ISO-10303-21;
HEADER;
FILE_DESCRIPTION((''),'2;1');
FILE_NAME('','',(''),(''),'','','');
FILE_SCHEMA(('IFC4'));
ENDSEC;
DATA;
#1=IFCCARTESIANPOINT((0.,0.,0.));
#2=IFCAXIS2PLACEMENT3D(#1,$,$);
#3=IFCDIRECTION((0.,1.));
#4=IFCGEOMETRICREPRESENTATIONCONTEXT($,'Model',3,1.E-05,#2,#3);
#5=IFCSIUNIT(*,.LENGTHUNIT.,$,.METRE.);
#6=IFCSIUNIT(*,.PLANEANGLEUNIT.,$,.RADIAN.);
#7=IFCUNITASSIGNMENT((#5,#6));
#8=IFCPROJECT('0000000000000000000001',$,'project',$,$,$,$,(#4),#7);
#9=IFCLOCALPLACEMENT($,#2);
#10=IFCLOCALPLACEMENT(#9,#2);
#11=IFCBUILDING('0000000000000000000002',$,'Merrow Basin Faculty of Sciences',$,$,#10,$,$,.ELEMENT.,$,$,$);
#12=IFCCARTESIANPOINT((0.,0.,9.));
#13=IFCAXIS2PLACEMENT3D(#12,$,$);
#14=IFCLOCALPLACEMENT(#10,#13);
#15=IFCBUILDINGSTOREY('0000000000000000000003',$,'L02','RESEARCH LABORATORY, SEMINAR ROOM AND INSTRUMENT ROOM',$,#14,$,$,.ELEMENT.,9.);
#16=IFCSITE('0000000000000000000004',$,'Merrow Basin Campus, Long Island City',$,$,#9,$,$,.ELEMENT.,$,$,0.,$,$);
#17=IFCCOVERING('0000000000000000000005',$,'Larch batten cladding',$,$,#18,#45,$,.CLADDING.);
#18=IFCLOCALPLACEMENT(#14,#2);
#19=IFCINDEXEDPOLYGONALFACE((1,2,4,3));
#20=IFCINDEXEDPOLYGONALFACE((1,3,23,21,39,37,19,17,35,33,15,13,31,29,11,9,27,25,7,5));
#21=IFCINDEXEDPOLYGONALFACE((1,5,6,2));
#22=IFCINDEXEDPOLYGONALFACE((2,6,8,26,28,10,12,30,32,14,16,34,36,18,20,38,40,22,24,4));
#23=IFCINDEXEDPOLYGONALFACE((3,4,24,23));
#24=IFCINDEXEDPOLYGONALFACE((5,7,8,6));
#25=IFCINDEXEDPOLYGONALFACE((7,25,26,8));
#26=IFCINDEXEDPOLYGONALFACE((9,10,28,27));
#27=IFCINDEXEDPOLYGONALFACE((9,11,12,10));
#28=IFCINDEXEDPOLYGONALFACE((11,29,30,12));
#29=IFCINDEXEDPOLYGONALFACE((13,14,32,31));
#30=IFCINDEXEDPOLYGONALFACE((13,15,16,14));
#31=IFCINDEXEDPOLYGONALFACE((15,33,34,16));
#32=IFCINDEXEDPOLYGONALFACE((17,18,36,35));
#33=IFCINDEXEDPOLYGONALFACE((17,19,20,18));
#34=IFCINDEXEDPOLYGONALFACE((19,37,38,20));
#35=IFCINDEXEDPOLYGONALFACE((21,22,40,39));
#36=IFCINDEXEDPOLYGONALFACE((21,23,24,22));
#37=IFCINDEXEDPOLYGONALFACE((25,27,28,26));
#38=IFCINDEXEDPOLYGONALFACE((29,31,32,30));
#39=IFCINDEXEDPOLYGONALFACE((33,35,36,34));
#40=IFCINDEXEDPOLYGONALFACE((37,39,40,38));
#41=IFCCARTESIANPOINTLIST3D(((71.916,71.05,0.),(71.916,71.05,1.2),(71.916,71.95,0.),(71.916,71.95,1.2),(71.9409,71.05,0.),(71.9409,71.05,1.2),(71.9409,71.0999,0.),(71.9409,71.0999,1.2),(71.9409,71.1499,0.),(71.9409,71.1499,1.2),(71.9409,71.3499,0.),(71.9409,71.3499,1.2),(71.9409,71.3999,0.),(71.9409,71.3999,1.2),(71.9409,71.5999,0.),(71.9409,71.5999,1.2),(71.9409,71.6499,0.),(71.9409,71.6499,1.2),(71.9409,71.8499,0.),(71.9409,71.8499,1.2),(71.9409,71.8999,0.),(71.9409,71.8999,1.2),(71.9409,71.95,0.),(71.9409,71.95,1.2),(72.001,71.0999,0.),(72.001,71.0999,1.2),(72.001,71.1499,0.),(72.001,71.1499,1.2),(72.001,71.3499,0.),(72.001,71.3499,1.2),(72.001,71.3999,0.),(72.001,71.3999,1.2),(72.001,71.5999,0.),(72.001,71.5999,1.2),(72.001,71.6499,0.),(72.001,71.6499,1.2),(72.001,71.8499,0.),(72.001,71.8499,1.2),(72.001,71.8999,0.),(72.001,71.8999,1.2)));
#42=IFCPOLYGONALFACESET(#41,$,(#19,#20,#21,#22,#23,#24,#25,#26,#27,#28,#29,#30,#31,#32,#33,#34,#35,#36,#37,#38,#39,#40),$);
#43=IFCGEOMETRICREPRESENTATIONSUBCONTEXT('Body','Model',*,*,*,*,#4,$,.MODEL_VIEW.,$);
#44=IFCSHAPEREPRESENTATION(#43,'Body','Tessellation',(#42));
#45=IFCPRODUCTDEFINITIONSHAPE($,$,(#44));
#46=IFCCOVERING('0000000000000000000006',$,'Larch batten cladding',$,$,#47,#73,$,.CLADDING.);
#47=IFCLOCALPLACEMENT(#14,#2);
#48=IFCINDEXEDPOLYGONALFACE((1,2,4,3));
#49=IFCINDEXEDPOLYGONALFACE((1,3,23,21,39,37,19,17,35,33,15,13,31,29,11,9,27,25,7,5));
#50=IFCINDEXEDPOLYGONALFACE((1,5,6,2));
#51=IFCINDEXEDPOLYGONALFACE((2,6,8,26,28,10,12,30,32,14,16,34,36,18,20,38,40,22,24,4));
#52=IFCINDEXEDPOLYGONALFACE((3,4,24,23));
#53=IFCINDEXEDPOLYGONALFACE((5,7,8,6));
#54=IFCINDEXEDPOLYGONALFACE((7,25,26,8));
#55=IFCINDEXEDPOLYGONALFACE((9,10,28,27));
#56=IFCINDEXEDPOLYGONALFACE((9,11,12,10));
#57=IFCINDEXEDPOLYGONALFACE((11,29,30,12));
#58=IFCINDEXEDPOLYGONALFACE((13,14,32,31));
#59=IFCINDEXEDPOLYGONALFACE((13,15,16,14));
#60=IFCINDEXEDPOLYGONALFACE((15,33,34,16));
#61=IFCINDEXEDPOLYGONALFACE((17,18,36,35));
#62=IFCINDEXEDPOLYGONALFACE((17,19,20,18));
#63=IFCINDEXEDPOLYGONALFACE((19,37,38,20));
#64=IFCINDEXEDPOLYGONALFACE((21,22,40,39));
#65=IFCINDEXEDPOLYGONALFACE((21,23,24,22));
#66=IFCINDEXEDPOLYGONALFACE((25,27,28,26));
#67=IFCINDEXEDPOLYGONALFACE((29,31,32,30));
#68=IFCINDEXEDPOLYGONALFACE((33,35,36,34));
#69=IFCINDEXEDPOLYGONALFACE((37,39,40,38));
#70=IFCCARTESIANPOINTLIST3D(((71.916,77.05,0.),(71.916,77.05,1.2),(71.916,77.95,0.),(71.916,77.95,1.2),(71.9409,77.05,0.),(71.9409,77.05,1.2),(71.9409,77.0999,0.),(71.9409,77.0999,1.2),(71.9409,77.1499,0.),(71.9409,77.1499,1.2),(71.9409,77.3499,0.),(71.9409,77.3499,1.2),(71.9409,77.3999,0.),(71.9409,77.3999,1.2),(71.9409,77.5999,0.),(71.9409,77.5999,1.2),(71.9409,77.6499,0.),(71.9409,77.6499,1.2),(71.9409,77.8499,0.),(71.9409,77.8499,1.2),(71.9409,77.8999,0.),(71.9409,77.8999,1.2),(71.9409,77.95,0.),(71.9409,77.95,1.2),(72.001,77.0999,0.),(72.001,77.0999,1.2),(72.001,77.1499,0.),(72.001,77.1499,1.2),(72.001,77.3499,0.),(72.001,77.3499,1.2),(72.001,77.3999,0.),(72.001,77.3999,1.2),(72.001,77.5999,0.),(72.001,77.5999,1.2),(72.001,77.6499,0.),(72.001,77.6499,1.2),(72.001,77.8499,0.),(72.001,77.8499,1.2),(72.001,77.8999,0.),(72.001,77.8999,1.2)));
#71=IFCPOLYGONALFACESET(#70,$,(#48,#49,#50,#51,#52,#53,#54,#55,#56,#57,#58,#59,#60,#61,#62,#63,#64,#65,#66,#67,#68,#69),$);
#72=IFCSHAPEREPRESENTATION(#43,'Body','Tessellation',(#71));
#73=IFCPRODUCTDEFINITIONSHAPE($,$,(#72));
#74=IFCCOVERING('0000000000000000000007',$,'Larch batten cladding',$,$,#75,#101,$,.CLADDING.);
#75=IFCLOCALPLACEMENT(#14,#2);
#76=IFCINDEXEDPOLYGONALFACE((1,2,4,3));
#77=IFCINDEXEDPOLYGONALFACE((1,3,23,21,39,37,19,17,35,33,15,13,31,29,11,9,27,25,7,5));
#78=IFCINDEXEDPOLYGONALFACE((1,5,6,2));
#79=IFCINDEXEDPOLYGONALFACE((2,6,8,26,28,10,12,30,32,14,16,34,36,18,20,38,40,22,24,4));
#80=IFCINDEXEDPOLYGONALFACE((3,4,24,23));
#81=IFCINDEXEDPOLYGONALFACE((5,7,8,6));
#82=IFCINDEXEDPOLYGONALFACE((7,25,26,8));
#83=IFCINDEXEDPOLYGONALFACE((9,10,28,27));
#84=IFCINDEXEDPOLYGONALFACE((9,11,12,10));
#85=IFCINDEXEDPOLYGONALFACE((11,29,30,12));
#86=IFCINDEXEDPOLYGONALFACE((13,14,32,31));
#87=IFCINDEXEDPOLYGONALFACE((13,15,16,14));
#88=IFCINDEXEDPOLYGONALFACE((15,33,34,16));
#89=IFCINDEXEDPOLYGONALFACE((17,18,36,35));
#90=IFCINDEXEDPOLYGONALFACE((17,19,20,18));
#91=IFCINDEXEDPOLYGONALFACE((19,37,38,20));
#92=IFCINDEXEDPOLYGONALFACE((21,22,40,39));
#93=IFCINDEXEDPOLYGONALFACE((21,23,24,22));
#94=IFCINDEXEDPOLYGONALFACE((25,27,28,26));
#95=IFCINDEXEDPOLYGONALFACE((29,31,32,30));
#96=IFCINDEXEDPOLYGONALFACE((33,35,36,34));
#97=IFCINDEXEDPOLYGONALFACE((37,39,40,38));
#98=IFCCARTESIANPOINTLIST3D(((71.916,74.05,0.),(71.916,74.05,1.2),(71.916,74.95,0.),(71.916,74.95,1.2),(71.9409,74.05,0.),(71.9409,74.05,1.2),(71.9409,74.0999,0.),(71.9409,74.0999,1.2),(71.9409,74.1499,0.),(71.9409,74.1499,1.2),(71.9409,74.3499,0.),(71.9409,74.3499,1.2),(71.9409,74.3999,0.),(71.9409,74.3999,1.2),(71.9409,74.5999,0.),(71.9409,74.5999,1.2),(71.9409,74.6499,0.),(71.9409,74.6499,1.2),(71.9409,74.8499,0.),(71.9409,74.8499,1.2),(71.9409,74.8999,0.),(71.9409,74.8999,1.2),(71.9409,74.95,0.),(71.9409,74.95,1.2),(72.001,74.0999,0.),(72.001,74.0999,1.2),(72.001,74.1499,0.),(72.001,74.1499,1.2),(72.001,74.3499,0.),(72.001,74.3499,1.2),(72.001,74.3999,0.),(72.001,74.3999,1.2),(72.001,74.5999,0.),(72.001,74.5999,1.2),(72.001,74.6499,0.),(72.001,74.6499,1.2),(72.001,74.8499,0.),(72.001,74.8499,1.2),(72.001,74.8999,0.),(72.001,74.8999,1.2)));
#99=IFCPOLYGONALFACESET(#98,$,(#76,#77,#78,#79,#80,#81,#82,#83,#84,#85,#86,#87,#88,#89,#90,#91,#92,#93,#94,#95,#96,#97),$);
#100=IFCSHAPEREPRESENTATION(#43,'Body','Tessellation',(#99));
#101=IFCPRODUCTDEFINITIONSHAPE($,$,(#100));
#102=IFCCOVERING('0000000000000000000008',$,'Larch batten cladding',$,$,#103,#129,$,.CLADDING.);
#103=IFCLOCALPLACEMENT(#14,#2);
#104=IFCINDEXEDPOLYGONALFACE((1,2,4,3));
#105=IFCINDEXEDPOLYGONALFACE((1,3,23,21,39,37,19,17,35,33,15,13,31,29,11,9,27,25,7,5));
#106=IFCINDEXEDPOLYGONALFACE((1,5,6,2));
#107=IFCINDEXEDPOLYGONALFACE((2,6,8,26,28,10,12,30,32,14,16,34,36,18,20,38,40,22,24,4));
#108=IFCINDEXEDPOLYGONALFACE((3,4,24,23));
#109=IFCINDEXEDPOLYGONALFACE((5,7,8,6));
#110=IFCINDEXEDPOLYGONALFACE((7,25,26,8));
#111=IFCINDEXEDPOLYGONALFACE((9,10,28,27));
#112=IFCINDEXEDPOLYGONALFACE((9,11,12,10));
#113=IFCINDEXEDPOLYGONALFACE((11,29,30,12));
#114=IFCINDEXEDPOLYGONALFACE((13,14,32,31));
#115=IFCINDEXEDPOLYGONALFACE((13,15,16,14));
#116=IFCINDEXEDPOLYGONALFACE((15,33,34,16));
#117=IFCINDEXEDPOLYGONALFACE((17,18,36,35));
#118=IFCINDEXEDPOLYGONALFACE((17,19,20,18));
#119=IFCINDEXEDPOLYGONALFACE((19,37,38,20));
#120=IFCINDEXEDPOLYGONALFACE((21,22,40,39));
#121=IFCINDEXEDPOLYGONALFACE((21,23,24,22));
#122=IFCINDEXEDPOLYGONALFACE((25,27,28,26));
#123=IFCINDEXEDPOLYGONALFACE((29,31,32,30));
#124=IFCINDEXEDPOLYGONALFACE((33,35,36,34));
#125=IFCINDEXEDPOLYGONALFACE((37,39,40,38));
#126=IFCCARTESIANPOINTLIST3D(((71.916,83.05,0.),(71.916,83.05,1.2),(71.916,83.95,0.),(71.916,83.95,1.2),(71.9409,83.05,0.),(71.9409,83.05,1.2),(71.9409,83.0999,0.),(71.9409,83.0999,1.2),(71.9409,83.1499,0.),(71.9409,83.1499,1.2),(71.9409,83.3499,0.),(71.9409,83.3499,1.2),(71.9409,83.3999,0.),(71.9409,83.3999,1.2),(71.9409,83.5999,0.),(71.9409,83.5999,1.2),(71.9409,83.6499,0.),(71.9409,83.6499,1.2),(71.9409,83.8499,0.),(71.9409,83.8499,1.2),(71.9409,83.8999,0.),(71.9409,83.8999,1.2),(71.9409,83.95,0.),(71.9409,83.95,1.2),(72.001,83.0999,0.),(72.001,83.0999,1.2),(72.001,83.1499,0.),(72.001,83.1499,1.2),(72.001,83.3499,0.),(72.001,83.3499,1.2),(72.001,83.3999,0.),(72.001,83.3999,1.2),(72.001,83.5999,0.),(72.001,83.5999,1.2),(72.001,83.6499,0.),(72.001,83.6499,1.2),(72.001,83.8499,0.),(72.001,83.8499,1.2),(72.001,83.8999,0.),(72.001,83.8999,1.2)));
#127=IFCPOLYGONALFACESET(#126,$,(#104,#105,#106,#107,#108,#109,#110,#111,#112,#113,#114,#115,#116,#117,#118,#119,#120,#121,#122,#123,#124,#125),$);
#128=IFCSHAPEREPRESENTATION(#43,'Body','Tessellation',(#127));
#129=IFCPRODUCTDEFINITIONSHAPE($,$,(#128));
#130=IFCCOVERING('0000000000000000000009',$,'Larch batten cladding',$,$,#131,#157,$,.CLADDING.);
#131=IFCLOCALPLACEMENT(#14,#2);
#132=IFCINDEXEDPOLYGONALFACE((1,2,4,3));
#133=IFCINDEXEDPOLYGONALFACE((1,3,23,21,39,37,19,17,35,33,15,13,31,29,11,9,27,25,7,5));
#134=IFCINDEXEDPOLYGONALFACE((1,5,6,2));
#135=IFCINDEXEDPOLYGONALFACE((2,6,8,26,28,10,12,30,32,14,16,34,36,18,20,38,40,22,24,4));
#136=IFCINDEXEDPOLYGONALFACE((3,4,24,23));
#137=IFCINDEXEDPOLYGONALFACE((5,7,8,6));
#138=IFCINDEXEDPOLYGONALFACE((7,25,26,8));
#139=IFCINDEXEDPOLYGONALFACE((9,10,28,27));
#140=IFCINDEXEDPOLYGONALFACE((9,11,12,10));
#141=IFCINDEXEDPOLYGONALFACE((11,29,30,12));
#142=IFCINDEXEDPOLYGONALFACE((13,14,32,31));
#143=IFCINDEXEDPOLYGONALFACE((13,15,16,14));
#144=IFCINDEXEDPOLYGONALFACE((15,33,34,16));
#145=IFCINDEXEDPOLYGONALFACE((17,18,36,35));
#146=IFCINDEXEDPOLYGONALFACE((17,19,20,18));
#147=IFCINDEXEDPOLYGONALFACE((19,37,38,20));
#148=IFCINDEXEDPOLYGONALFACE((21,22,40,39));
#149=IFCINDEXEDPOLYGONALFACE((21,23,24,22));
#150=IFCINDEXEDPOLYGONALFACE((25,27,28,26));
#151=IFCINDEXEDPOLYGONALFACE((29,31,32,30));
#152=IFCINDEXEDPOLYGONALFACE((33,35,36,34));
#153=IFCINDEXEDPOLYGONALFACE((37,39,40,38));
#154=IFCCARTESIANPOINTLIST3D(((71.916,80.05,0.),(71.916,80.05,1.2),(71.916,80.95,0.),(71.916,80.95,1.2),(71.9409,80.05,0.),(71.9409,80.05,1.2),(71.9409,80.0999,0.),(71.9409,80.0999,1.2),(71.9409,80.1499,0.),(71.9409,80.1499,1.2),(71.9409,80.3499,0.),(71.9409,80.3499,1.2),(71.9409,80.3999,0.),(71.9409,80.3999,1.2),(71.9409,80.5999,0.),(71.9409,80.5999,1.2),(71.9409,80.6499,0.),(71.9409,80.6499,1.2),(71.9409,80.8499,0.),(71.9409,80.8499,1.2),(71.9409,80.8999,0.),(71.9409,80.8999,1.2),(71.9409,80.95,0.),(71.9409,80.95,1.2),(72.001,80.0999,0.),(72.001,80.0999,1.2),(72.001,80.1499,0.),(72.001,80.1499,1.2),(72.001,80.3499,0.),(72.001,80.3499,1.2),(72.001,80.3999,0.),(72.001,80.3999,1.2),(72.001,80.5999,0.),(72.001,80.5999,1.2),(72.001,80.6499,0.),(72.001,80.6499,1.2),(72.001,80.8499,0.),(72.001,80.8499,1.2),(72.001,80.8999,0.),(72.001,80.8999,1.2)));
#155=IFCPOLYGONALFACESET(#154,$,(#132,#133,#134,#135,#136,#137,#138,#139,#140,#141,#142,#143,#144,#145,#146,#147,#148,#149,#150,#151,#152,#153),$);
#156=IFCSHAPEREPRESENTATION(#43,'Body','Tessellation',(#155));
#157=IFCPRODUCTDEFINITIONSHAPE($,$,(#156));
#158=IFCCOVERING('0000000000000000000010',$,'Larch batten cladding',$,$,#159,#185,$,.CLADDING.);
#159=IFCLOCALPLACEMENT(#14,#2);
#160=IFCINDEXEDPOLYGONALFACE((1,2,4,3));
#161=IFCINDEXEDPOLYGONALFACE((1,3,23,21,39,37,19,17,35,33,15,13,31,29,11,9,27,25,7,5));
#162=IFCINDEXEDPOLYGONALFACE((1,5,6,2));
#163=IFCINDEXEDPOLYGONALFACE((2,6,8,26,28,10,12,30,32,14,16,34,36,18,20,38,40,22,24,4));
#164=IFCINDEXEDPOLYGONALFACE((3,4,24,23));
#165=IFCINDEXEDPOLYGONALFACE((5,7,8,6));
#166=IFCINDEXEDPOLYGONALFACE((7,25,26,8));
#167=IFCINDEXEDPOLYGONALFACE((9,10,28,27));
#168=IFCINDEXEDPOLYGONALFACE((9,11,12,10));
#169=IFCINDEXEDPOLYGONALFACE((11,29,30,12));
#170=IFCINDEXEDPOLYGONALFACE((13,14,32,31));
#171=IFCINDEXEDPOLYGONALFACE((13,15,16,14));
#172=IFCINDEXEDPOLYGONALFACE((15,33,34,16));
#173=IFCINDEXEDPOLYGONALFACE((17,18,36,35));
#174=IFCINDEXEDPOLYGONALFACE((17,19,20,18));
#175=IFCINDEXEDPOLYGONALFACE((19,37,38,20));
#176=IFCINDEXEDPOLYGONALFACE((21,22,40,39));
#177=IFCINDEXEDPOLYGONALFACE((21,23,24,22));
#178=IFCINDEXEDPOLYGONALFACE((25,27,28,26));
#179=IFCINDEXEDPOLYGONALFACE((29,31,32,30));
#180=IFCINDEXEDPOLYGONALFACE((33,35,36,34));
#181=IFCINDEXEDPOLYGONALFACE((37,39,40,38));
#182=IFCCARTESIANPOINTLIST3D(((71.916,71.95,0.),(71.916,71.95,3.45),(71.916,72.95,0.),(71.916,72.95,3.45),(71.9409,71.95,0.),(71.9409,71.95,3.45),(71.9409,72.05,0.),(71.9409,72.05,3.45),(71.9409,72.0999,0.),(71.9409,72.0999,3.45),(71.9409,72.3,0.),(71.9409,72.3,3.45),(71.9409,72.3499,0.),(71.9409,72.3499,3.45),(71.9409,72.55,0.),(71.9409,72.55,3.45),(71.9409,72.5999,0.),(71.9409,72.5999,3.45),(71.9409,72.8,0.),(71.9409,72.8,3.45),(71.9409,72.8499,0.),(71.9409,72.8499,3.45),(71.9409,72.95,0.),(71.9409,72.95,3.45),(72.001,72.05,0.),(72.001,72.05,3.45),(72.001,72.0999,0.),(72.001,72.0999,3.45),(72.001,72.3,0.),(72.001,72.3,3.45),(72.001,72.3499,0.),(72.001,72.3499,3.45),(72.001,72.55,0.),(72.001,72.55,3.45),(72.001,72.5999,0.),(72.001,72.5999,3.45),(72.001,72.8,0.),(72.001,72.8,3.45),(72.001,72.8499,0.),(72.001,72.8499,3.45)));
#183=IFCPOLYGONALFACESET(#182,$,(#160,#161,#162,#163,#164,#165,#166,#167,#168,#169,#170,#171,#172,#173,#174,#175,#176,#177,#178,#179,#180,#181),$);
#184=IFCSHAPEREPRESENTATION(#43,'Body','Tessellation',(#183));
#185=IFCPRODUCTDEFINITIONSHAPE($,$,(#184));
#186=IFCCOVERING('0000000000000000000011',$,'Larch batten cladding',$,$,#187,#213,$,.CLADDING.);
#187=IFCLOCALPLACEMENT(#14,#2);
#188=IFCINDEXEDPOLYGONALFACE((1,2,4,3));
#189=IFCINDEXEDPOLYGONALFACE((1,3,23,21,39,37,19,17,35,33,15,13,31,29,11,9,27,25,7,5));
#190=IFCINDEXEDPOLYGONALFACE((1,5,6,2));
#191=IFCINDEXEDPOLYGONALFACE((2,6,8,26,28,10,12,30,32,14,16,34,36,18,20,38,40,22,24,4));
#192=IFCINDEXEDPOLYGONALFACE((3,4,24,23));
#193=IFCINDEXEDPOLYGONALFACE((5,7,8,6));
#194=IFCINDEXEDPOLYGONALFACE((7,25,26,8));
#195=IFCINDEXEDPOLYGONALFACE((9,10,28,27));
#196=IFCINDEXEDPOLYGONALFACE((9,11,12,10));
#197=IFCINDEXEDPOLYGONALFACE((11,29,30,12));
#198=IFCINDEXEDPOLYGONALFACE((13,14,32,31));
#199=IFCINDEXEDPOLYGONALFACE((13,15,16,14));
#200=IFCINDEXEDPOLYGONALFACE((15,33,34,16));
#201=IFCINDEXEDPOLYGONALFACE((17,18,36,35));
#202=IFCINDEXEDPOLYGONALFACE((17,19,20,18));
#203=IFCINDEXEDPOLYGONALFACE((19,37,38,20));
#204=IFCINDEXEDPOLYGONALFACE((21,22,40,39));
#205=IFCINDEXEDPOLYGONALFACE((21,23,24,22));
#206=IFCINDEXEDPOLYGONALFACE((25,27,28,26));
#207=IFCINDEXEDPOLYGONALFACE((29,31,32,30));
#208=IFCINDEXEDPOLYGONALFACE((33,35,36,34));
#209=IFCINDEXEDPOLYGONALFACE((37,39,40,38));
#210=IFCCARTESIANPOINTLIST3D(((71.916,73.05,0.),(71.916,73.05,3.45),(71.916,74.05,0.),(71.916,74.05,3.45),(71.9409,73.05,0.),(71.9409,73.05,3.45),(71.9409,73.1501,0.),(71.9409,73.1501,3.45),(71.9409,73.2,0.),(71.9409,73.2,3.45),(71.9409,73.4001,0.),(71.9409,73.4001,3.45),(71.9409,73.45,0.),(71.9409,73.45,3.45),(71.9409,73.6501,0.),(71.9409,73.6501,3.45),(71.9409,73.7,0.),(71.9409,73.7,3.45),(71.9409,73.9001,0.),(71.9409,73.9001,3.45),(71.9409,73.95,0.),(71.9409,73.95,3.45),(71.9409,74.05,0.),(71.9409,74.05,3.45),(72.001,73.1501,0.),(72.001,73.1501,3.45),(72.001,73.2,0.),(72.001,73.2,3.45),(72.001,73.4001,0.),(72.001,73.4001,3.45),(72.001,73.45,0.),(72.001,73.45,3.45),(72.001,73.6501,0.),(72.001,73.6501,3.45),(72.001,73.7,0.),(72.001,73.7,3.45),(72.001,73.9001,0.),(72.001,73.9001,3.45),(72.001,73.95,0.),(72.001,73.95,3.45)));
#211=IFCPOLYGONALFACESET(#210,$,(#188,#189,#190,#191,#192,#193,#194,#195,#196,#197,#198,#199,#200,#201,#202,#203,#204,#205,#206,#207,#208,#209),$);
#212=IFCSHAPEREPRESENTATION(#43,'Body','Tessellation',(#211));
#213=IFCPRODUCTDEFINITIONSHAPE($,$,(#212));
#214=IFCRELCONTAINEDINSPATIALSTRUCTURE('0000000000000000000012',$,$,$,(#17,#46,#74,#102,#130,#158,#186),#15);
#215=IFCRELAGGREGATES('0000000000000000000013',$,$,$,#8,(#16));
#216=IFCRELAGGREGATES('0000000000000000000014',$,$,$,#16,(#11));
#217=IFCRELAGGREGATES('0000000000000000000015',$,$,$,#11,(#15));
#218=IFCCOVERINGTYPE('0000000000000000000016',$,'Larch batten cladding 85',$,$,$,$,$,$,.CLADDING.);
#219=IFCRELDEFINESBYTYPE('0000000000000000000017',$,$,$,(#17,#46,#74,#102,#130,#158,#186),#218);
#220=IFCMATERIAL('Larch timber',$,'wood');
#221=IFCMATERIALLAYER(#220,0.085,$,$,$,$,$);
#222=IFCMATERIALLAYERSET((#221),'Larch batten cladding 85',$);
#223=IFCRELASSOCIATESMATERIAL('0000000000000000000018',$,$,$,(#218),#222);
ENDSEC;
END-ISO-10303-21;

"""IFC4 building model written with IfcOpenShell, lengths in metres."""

from ifc_helpers import new_model, si_unit, direction, frame, origin, place, context, subcontext, project, spatial, polyline, outline, extrude, source, transform, mapped, material, layer, layer_set, type_object, element, save


model = new_model("IFC4")

# Units and contexts
model_context = context("Model", 3, precision=1e-05, world=origin(), true_north=direction((0.0, 1.0)))
body_context = subcontext(model_context, "Body", "Model", "MODEL_VIEW")
ifc_project = project(units=[si_unit("LENGTHUNIT", "METRE"), si_unit("PLANEANGLEUNIT", "RADIAN")], contexts=[model_context])

# Site, building, storey
site_placement = place(None, origin())
site = spatial("IfcSite", under=ifc_project, at=site_placement, Name="Merrow Basin Campus, Long Island City", CompositionType="ELEMENT", RefElevation=0.0)
building_placement = place(site_placement, origin())
building = spatial("IfcBuilding", under=site, at=building_placement, Name="Merrow Basin Faculty of Sciences", CompositionType="ELEMENT")
storey_placement = place(building_placement, frame((0.0, 0.0, 9.0)))
storey = spatial("IfcBuildingStorey", under=building, at=storey_placement, Name="L02", Description="RESEARCH LABORATORY, SEMINAR ROOM AND INSTRUMENT ROOM", CompositionType="ELEMENT", Elevation=9.0)

# Coverings
ifc_material_1 = material(Name="Larch timber", Category="wood")
ifc_layer_1 = layer(ifc_material_1, 0.085)
ifc_layer_set_1 = layer_set([ifc_layer_1], Name="Larch batten cladding 85")
covering_type = type_object("IfcCoveringType", Name="Larch batten cladding 85", PredefinedType="CLADDING", material=ifc_layer_set_1)
shared_shape_1 = source(origin(), body_context, "Body", "SweptSolid", [
    extrude(outline(polyline([(0.0, 0.0), (0.8999, 0.0), (0.8999, 0.0249), (0.8501, 0.0249), (0.8501, 0.085), (0.8, 0.085), (0.8, 0.0249), (0.6001, 0.0249), (0.6001, 0.085), (0.55, 0.085), (0.55, 0.0249), (0.3501, 0.0249), (0.3501, 0.085), (0.3, 0.085), (0.3, 0.0249), (0.1001, 0.0249), (0.1001, 0.085), (0.05, 0.085), (0.05, 0.0249), (0.0, 0.0249), (0.0, 0.0)])), origin(), (0.0, 0.0, 1.0), 1.2),
])
for number, where, z_axis, x_axis, name in (
    (1, (71.916, 71.95, 0.0), (0.0, 0.0, 1.0), (0.0, -1.0, 0.0), "Larch batten cladding"),
    (2, (71.916, 77.95, 0.0), (0.0, 0.0, 1.0), (0.0, -1.0, 0.0), "Larch batten cladding"),
    (3, (71.916, 74.95, 0.0), (0.0, 0.0, 1.0), (0.0, -1.0, 0.0), "Larch batten cladding"),
    (4, (71.916, 83.95, 0.0), (0.0, 0.0, 1.0), (0.0, -1.0, 0.0), "Larch batten cladding"),
    (5, (71.916, 80.95, 0.0), (0.0, 0.0, 1.0), (0.0, -1.0, 0.0), "Larch batten cladding"),
):
    element("IfcCovering", number, at=place(storey_placement, frame(where, z_axis=z_axis, x_axis=x_axis)), inside=storey, type_object=covering_type, Name=name, PredefinedType="CLADDING", context=body_context, shape_type="MappedRepresentation", body=[
        mapped(shared_shape_1, transform((0.0, 0.0, 0.0), scale=1.0)),
    ])
shared_shape_2 = source(origin(), body_context, "Body", "SweptSolid", [
    extrude(outline(polyline([(0.0, 0.0), (1.0, 0.0), (1.0, 0.0249), (0.8999, 0.0249), (0.8999, 0.085), (0.8501, 0.085), (0.8501, 0.0249), (0.6499, 0.0249), (0.6499, 0.085), (0.6001, 0.085), (0.6001, 0.0249), (0.3999, 0.0249), (0.3999, 0.085), (0.3501, 0.085), (0.3501, 0.0249), (0.1499, 0.0249), (0.1499, 0.085), (0.1001, 0.085), (0.1001, 0.0249), (0.0, 0.0249), (0.0, 0.0)])), origin(), (0.0, 0.0, 1.0), 3.45),
])
for number, where, z_axis, x_axis, name in (
    (6, (71.916, 72.95, 0.0), (0.0, 0.0, 1.0), (0.0, -1.0, 0.0), "Larch batten cladding"),
    (7, (71.916, 74.05, 0.0), (0.0, 0.0, 1.0), (0.0, -1.0, 0.0), "Larch batten cladding"),
):
    element("IfcCovering", number, at=place(storey_placement, frame(where, z_axis=z_axis, x_axis=x_axis)), inside=storey, type_object=covering_type, Name=name, PredefinedType="CLADDING", context=body_context, shape_type="MappedRepresentation", body=[
        mapped(shared_shape_2, transform((0.0, 0.0, 0.0), scale=1.0)),
    ])

save(model, "model.ifc")
